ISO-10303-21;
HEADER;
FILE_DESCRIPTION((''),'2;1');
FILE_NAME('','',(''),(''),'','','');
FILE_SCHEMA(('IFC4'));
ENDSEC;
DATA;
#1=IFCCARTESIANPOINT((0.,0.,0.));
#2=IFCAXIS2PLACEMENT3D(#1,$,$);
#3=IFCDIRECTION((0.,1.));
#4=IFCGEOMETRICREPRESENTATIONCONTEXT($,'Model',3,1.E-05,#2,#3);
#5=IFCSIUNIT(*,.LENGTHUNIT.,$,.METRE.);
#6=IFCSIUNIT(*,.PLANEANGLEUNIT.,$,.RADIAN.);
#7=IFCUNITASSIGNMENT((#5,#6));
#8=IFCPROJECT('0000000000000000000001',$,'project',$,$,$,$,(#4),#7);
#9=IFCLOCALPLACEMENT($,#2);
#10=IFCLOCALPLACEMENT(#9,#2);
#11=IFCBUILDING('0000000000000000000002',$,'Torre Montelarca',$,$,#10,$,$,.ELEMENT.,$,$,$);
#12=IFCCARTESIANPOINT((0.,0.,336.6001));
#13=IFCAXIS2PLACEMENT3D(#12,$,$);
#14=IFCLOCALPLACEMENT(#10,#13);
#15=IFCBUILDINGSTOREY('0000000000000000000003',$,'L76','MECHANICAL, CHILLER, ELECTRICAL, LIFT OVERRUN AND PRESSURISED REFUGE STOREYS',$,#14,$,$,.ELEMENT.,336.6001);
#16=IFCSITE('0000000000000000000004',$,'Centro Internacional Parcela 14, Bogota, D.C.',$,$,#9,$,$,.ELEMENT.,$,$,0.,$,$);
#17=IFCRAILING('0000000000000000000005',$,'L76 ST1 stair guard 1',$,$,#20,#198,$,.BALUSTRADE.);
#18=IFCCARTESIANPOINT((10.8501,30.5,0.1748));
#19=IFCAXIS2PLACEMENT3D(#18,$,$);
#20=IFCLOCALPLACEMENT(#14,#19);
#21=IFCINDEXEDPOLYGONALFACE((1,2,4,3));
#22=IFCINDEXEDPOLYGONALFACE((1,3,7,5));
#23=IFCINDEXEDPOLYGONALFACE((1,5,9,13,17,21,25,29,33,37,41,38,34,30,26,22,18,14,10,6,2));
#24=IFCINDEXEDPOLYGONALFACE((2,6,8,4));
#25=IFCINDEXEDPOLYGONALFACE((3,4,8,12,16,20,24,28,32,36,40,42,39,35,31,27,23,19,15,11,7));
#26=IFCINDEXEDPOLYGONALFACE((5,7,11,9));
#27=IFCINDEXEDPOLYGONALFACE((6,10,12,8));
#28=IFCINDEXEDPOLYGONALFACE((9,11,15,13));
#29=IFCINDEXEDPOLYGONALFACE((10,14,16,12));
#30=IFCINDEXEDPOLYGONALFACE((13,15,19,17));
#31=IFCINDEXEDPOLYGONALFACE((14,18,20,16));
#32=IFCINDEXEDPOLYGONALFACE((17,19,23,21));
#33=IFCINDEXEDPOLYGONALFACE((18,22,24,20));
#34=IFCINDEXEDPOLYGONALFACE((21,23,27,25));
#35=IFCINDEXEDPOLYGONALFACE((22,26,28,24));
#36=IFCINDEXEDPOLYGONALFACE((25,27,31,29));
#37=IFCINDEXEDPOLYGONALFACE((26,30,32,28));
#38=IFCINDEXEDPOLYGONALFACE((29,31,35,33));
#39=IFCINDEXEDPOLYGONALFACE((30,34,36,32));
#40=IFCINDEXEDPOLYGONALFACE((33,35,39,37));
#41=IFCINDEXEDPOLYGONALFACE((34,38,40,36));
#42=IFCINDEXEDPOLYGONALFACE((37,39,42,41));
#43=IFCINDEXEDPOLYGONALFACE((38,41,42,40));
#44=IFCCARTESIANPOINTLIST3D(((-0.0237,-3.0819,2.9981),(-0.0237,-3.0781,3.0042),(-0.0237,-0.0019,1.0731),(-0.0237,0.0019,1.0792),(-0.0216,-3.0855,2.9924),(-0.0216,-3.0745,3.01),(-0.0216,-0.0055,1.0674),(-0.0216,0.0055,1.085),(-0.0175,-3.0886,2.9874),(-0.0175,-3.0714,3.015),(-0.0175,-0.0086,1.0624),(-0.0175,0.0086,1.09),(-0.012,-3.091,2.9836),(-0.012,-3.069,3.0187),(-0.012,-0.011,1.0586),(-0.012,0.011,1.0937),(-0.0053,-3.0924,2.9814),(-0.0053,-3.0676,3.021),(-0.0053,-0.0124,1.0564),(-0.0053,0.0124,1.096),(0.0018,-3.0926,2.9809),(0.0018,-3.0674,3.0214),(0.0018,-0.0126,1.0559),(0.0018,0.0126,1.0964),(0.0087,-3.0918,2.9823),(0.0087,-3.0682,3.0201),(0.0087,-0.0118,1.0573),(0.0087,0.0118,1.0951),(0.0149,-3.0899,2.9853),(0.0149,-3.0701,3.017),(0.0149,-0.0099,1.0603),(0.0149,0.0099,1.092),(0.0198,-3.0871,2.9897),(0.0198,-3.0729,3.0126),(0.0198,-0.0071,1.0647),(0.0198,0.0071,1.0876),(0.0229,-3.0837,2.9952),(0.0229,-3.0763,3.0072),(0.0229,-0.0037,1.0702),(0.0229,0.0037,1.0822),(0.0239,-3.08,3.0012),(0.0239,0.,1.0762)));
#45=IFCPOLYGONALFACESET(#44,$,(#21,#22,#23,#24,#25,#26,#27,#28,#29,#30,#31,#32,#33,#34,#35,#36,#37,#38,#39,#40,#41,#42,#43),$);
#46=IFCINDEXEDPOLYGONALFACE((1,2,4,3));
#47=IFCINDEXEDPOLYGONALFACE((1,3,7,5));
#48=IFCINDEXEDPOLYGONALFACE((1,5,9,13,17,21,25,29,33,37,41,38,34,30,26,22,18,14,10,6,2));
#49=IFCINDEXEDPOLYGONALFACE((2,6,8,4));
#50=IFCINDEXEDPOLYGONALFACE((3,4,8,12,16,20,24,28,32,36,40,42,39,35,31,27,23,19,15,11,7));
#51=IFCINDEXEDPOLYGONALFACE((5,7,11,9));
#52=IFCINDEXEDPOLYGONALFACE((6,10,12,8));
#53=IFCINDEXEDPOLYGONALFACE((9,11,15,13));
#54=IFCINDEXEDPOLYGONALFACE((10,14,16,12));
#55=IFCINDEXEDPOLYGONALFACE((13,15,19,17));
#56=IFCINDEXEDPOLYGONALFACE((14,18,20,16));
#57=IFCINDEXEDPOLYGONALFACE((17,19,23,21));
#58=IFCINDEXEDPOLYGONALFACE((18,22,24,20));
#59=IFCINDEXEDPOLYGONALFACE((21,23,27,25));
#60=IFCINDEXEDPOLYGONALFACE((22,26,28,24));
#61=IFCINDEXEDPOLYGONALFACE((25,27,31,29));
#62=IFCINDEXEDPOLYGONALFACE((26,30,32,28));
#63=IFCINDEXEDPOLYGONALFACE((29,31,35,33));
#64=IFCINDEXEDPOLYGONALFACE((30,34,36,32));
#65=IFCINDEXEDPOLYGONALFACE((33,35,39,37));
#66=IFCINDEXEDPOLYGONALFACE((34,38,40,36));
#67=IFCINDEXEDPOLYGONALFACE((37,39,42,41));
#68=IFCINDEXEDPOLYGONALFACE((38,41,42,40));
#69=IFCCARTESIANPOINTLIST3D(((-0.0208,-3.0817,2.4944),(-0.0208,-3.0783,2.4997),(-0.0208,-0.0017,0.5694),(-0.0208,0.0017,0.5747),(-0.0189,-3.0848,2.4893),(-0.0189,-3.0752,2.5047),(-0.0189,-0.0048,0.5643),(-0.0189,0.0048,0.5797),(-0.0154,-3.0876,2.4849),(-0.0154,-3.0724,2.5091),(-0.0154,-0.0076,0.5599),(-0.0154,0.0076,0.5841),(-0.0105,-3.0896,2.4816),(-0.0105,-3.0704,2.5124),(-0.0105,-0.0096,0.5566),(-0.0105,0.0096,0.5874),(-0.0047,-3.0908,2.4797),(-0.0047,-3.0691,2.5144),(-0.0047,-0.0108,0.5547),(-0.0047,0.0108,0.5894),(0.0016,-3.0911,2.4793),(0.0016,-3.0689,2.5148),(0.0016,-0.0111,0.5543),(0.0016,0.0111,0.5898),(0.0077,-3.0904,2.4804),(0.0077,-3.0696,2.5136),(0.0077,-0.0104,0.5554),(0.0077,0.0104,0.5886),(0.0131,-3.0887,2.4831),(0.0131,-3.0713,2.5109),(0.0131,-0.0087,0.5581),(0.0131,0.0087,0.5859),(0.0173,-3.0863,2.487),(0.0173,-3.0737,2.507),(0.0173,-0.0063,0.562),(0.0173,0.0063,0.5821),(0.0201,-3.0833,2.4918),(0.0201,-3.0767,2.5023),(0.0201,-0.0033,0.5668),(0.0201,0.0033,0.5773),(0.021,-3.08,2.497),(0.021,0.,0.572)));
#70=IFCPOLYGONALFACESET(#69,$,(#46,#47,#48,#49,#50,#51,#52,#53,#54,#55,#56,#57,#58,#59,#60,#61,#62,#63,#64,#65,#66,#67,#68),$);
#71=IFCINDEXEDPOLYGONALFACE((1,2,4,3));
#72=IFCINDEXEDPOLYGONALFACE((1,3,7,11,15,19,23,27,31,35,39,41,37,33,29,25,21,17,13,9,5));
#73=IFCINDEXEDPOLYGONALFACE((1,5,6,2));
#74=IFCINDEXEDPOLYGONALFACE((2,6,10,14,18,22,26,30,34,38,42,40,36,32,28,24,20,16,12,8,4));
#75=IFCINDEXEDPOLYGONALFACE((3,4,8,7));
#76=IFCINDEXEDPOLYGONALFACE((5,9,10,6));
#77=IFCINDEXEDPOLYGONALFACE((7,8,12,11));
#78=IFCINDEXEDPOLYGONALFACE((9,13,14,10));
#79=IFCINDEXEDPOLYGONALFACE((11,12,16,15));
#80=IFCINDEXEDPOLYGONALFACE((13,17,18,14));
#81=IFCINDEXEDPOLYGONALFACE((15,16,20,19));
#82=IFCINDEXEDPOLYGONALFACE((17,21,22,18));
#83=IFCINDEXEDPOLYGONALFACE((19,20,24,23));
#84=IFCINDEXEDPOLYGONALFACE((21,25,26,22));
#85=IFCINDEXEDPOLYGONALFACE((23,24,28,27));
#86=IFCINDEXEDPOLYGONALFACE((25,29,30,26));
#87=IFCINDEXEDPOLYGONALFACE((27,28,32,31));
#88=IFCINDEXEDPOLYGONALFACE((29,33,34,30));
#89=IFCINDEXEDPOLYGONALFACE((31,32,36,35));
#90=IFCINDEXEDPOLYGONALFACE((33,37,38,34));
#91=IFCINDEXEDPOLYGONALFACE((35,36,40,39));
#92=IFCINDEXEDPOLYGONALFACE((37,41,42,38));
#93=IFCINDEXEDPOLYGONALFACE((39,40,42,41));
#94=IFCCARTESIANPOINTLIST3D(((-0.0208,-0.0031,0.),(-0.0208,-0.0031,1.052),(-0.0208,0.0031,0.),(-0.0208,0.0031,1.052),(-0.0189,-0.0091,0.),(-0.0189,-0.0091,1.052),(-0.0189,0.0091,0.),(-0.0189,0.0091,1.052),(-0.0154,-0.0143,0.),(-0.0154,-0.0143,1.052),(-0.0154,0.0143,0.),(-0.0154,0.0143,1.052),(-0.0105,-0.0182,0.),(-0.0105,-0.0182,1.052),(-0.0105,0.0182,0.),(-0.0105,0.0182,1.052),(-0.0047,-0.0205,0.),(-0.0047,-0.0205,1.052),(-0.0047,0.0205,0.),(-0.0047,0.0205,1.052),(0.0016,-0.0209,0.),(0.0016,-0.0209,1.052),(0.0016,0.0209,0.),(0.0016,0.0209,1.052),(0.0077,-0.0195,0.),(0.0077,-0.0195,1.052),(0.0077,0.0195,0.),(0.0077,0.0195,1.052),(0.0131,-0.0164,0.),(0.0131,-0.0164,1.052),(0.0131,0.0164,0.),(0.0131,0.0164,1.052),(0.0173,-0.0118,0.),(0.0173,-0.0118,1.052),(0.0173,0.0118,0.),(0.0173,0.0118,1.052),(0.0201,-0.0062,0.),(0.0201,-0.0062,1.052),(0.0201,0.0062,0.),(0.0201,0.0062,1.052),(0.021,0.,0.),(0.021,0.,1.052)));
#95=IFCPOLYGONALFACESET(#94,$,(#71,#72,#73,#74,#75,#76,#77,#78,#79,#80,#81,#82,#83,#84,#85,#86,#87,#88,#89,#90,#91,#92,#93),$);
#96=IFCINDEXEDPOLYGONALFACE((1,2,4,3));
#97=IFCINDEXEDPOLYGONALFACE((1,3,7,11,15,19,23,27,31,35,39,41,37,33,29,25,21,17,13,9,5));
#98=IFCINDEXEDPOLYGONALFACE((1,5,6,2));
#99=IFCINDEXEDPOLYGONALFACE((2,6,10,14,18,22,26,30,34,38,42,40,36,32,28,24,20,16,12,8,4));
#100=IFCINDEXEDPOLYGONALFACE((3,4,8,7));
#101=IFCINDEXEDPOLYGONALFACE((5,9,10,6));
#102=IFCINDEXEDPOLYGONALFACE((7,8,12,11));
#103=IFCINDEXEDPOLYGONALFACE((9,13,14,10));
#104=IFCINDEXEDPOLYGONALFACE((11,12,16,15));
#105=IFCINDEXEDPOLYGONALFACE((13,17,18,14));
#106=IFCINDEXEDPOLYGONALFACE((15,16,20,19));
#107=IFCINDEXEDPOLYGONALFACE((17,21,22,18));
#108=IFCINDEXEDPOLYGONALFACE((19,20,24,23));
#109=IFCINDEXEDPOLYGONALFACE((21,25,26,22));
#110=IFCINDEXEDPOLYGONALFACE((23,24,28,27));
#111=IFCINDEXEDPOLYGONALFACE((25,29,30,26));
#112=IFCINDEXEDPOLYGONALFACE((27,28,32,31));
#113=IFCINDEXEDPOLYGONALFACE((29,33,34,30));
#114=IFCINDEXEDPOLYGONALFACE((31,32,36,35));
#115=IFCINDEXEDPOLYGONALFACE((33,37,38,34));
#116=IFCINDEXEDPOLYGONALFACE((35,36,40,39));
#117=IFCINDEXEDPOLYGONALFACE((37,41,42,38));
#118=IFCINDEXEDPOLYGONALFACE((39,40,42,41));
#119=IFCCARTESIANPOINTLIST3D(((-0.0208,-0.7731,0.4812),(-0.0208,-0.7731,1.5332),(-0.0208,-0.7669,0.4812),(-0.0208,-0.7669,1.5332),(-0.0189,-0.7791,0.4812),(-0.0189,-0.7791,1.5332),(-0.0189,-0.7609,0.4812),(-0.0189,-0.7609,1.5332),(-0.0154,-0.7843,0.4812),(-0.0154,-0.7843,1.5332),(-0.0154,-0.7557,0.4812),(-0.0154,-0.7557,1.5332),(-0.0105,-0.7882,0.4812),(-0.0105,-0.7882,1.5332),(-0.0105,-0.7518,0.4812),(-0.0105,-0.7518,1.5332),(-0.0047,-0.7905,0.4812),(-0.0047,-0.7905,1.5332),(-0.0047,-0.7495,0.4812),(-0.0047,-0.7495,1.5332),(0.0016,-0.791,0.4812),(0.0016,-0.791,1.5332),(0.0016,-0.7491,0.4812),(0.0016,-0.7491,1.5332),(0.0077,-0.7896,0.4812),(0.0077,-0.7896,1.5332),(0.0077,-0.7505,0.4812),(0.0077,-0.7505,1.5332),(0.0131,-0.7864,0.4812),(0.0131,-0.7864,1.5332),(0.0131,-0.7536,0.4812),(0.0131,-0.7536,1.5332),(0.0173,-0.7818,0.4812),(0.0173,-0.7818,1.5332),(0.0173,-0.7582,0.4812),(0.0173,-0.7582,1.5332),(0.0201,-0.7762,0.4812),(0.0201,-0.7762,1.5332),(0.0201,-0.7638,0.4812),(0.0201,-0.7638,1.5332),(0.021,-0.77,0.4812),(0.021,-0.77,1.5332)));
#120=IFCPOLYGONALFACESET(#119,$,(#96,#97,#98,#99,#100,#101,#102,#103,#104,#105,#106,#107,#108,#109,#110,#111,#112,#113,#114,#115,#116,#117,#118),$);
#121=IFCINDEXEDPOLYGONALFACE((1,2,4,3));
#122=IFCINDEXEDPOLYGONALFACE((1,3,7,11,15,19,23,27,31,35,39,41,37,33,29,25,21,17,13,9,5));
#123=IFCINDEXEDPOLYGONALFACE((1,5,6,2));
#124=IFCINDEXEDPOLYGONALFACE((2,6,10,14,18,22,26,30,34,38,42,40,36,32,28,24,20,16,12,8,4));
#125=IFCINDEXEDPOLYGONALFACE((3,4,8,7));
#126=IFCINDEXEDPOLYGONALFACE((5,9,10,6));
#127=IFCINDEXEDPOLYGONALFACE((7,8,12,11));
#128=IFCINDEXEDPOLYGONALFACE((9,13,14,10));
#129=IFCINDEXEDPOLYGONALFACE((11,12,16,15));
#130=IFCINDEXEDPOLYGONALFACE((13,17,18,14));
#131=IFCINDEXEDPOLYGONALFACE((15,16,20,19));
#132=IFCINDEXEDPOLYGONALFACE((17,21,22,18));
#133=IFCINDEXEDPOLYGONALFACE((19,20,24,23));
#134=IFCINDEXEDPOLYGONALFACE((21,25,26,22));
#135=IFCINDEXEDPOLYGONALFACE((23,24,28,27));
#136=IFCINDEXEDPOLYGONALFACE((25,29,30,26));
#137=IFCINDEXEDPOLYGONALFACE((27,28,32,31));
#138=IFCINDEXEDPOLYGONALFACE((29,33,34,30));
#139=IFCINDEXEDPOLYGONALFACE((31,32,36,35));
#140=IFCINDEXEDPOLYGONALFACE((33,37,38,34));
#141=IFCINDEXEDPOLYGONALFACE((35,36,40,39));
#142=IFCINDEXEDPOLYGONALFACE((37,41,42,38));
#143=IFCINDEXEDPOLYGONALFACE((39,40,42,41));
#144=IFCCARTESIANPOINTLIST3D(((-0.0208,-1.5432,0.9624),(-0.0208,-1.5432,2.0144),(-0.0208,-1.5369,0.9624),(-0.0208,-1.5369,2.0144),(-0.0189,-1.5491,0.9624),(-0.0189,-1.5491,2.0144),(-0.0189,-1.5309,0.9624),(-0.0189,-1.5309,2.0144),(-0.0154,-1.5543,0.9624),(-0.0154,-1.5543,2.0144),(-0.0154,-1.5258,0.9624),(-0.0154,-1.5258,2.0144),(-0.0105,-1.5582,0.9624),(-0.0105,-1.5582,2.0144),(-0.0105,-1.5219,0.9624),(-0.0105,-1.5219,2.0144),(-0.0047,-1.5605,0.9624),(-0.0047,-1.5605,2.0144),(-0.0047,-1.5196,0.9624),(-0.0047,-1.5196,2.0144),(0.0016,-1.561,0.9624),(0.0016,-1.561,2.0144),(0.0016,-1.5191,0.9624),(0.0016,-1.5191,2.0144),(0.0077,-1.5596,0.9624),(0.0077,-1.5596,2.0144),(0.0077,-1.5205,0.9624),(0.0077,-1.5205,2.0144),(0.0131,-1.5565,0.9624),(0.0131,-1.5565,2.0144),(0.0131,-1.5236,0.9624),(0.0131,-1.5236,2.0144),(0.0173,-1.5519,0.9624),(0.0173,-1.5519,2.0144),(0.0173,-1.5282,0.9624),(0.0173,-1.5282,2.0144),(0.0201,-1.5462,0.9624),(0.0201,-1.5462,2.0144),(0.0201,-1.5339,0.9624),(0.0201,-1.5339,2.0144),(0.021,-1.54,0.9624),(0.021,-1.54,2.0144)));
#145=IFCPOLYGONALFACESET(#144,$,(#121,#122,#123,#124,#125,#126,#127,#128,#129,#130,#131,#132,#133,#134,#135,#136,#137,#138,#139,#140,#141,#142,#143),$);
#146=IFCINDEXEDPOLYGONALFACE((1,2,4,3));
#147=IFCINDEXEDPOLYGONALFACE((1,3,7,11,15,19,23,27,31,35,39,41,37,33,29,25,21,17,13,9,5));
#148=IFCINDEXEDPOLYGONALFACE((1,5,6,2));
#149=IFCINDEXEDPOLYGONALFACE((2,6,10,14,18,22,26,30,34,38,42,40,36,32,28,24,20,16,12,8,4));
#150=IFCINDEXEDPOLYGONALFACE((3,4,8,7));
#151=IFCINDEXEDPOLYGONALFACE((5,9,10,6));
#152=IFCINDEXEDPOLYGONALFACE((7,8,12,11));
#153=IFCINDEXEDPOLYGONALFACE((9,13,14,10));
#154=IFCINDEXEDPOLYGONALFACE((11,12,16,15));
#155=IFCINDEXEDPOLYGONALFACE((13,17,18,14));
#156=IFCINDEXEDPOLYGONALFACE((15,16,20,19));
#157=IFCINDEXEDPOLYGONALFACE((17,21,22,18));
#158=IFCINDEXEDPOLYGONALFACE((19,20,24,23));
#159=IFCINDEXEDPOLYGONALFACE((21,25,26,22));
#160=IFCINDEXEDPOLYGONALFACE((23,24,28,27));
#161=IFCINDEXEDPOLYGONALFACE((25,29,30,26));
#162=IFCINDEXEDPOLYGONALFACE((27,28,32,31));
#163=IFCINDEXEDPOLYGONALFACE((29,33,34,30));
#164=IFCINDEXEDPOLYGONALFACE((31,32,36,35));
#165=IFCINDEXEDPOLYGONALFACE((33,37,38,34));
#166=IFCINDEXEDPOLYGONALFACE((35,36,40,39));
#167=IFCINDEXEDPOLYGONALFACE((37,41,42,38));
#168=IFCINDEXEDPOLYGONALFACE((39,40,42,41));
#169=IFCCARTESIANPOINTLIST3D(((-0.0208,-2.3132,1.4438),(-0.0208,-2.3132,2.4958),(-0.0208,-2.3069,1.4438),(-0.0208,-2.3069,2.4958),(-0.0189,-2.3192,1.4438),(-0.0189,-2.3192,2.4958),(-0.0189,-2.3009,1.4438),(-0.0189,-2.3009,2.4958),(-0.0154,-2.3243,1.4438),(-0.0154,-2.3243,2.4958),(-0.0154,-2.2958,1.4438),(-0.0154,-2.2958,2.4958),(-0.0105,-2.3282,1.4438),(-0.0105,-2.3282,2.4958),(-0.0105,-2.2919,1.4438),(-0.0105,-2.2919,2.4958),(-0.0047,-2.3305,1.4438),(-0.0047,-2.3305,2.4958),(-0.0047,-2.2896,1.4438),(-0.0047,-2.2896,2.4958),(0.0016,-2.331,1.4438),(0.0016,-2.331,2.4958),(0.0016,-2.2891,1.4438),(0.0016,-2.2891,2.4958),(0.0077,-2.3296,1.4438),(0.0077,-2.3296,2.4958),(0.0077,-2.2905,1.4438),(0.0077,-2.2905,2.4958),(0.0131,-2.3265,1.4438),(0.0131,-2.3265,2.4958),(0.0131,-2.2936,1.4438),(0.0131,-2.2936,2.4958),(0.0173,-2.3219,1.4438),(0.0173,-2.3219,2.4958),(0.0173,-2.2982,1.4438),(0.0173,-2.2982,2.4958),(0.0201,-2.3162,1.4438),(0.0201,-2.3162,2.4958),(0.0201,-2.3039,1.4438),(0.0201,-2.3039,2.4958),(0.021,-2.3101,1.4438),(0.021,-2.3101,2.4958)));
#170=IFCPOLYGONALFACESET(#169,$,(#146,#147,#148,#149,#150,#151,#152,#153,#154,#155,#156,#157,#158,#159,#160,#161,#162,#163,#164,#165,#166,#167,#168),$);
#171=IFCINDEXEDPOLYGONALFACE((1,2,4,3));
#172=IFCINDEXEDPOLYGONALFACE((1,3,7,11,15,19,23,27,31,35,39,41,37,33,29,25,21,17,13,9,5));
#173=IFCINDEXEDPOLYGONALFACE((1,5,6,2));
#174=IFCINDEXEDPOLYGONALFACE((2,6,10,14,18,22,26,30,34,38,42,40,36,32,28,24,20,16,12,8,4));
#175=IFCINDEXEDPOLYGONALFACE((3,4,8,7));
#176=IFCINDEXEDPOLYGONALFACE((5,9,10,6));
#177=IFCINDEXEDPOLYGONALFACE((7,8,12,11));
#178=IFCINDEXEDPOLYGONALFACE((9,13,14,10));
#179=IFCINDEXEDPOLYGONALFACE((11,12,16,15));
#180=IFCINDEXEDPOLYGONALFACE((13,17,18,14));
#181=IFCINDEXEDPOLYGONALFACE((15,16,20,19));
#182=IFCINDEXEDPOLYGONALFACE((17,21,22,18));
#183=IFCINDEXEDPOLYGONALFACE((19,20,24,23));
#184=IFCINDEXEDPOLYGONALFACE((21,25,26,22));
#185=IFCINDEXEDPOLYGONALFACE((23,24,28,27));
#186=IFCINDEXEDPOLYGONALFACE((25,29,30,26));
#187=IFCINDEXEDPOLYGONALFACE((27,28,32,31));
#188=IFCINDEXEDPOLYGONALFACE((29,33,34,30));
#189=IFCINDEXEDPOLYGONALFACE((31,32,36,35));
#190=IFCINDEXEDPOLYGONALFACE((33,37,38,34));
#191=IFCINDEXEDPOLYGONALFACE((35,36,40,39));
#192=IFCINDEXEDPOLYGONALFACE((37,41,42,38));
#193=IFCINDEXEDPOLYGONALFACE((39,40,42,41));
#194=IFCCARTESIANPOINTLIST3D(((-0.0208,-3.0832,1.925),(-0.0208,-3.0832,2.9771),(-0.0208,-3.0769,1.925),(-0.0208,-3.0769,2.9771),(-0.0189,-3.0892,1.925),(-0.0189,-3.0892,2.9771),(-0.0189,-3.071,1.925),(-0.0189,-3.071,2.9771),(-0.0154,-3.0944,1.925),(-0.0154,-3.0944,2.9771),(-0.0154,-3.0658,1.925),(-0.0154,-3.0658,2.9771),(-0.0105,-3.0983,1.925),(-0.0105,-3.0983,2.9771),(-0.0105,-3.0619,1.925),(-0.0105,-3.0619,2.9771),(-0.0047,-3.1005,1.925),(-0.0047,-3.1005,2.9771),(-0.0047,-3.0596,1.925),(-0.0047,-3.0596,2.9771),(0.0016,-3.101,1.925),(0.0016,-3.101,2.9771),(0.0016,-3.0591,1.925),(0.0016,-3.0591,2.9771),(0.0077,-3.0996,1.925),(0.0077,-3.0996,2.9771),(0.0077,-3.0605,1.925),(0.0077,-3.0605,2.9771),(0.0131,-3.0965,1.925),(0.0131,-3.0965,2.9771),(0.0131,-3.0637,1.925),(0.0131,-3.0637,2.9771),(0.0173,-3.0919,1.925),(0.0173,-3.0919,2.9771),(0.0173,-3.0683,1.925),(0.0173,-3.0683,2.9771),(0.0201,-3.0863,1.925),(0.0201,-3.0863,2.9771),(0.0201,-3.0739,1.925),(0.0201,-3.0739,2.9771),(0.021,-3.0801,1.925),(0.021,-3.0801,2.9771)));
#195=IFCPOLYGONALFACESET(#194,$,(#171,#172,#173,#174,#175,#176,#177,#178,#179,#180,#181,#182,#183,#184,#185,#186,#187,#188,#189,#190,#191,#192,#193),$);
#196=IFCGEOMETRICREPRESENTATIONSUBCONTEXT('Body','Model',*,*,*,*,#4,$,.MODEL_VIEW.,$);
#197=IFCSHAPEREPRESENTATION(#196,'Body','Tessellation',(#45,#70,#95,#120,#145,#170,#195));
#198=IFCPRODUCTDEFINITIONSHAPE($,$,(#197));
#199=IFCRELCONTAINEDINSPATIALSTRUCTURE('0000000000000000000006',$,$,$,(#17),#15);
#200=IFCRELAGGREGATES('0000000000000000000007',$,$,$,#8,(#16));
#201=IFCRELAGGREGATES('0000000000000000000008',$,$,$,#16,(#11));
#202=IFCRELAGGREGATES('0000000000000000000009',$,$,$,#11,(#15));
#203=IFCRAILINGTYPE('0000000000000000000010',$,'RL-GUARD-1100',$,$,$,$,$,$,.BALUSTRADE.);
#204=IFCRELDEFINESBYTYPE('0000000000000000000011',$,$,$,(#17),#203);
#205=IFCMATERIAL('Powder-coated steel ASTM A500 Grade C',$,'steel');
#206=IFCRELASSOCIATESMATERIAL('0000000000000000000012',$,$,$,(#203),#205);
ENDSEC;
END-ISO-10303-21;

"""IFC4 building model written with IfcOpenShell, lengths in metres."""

from ifc_helpers import new_model, si_unit, direction, frame, origin, origin_2d, place, context, subcontext, project, spatial, circle, extrude, material, type_object, element, save


model = new_model("IFC4")

# Units and contexts
model_context = context("Model", 3, precision=1e-05, world=origin(), true_north=direction((0.0, 1.0)))
body_context = subcontext(model_context, "Body", "Model", "MODEL_VIEW")
ifc_project = project(units=[si_unit("LENGTHUNIT", "METRE"), si_unit("PLANEANGLEUNIT", "RADIAN")], contexts=[model_context])

# Site, building, storey
site_placement = place(None, origin())
site = spatial("IfcSite", under=ifc_project, at=site_placement, Name="Centro Internacional Parcela 14, Bogota, D.C.", CompositionType="ELEMENT", RefElevation=0.0)
building_placement = place(site_placement, origin())
building = spatial("IfcBuilding", under=site, at=building_placement, Name="Torre Montelarca", CompositionType="ELEMENT")
storey_placement = place(building_placement, frame((0.0, 0.0, 336.6001)))
storey = spatial("IfcBuildingStorey", under=building, at=storey_placement, Name="L76", Description="MECHANICAL, CHILLER, ELECTRICAL, LIFT OVERRUN AND PRESSURISED REFUGE STOREYS", CompositionType="ELEMENT", Elevation=336.6001)

# Railing
ifc_material_1 = material(Name="Powder-coated steel ASTM A500 Grade C", Category="steel")
railing_type_1 = type_object("IfcRailingType", Name="RL-GUARD-1100", PredefinedType="BALUSTRADE", material=ifc_material_1)
railing_1_placement = place(storey_placement, frame((10.8501, 30.5, 0.1748)))
element("IfcRailing", 1, at=railing_1_placement, inside=storey, type_object=railing_type_1, Name="L76 ST1 stair guard 1", PredefinedType="BALUSTRADE", context=body_context, shape_type="SweptSolid", body=[
    extrude(circle(Radius=0.0239, at=origin_2d()), frame((0.0, 0.0, 1.0762), z_axis=(0.0, -0.847998, 0.529999), x_axis=(1.0, 0.0, 0.0)), (0.0, 0.0, 1.0), 3.6321),
    extrude(circle(Radius=0.021, at=origin_2d()), frame((0.0, 0.0, 0.572), z_axis=(0.0, -0.847998, 0.529999), x_axis=(1.0, 0.0, 0.0)), (0.0, 0.0, 1.0), 3.6321),
    extrude(circle(Radius=0.021, at=origin_2d()), origin(), (0.0, 0.0, 1.0), 1.052),
    extrude(circle(Radius=0.021, at=origin_2d()), frame((0.0, -0.77, 0.4812)), (0.0, 0.0, 1.0), 1.052),
    extrude(circle(Radius=0.021, at=origin_2d()), frame((0.0, -1.54, 0.9624)), (0.0, 0.0, 1.0), 1.052),
    extrude(circle(Radius=0.021, at=origin_2d()), frame((0.0, -2.3101, 1.4438)), (0.0, 0.0, 1.0), 1.052),
    extrude(circle(Radius=0.021, at=origin_2d()), frame((0.0, -3.0801, 1.925)), (0.0, 0.0, 1.0), 1.052),
])

save(model, "model.ifc")
